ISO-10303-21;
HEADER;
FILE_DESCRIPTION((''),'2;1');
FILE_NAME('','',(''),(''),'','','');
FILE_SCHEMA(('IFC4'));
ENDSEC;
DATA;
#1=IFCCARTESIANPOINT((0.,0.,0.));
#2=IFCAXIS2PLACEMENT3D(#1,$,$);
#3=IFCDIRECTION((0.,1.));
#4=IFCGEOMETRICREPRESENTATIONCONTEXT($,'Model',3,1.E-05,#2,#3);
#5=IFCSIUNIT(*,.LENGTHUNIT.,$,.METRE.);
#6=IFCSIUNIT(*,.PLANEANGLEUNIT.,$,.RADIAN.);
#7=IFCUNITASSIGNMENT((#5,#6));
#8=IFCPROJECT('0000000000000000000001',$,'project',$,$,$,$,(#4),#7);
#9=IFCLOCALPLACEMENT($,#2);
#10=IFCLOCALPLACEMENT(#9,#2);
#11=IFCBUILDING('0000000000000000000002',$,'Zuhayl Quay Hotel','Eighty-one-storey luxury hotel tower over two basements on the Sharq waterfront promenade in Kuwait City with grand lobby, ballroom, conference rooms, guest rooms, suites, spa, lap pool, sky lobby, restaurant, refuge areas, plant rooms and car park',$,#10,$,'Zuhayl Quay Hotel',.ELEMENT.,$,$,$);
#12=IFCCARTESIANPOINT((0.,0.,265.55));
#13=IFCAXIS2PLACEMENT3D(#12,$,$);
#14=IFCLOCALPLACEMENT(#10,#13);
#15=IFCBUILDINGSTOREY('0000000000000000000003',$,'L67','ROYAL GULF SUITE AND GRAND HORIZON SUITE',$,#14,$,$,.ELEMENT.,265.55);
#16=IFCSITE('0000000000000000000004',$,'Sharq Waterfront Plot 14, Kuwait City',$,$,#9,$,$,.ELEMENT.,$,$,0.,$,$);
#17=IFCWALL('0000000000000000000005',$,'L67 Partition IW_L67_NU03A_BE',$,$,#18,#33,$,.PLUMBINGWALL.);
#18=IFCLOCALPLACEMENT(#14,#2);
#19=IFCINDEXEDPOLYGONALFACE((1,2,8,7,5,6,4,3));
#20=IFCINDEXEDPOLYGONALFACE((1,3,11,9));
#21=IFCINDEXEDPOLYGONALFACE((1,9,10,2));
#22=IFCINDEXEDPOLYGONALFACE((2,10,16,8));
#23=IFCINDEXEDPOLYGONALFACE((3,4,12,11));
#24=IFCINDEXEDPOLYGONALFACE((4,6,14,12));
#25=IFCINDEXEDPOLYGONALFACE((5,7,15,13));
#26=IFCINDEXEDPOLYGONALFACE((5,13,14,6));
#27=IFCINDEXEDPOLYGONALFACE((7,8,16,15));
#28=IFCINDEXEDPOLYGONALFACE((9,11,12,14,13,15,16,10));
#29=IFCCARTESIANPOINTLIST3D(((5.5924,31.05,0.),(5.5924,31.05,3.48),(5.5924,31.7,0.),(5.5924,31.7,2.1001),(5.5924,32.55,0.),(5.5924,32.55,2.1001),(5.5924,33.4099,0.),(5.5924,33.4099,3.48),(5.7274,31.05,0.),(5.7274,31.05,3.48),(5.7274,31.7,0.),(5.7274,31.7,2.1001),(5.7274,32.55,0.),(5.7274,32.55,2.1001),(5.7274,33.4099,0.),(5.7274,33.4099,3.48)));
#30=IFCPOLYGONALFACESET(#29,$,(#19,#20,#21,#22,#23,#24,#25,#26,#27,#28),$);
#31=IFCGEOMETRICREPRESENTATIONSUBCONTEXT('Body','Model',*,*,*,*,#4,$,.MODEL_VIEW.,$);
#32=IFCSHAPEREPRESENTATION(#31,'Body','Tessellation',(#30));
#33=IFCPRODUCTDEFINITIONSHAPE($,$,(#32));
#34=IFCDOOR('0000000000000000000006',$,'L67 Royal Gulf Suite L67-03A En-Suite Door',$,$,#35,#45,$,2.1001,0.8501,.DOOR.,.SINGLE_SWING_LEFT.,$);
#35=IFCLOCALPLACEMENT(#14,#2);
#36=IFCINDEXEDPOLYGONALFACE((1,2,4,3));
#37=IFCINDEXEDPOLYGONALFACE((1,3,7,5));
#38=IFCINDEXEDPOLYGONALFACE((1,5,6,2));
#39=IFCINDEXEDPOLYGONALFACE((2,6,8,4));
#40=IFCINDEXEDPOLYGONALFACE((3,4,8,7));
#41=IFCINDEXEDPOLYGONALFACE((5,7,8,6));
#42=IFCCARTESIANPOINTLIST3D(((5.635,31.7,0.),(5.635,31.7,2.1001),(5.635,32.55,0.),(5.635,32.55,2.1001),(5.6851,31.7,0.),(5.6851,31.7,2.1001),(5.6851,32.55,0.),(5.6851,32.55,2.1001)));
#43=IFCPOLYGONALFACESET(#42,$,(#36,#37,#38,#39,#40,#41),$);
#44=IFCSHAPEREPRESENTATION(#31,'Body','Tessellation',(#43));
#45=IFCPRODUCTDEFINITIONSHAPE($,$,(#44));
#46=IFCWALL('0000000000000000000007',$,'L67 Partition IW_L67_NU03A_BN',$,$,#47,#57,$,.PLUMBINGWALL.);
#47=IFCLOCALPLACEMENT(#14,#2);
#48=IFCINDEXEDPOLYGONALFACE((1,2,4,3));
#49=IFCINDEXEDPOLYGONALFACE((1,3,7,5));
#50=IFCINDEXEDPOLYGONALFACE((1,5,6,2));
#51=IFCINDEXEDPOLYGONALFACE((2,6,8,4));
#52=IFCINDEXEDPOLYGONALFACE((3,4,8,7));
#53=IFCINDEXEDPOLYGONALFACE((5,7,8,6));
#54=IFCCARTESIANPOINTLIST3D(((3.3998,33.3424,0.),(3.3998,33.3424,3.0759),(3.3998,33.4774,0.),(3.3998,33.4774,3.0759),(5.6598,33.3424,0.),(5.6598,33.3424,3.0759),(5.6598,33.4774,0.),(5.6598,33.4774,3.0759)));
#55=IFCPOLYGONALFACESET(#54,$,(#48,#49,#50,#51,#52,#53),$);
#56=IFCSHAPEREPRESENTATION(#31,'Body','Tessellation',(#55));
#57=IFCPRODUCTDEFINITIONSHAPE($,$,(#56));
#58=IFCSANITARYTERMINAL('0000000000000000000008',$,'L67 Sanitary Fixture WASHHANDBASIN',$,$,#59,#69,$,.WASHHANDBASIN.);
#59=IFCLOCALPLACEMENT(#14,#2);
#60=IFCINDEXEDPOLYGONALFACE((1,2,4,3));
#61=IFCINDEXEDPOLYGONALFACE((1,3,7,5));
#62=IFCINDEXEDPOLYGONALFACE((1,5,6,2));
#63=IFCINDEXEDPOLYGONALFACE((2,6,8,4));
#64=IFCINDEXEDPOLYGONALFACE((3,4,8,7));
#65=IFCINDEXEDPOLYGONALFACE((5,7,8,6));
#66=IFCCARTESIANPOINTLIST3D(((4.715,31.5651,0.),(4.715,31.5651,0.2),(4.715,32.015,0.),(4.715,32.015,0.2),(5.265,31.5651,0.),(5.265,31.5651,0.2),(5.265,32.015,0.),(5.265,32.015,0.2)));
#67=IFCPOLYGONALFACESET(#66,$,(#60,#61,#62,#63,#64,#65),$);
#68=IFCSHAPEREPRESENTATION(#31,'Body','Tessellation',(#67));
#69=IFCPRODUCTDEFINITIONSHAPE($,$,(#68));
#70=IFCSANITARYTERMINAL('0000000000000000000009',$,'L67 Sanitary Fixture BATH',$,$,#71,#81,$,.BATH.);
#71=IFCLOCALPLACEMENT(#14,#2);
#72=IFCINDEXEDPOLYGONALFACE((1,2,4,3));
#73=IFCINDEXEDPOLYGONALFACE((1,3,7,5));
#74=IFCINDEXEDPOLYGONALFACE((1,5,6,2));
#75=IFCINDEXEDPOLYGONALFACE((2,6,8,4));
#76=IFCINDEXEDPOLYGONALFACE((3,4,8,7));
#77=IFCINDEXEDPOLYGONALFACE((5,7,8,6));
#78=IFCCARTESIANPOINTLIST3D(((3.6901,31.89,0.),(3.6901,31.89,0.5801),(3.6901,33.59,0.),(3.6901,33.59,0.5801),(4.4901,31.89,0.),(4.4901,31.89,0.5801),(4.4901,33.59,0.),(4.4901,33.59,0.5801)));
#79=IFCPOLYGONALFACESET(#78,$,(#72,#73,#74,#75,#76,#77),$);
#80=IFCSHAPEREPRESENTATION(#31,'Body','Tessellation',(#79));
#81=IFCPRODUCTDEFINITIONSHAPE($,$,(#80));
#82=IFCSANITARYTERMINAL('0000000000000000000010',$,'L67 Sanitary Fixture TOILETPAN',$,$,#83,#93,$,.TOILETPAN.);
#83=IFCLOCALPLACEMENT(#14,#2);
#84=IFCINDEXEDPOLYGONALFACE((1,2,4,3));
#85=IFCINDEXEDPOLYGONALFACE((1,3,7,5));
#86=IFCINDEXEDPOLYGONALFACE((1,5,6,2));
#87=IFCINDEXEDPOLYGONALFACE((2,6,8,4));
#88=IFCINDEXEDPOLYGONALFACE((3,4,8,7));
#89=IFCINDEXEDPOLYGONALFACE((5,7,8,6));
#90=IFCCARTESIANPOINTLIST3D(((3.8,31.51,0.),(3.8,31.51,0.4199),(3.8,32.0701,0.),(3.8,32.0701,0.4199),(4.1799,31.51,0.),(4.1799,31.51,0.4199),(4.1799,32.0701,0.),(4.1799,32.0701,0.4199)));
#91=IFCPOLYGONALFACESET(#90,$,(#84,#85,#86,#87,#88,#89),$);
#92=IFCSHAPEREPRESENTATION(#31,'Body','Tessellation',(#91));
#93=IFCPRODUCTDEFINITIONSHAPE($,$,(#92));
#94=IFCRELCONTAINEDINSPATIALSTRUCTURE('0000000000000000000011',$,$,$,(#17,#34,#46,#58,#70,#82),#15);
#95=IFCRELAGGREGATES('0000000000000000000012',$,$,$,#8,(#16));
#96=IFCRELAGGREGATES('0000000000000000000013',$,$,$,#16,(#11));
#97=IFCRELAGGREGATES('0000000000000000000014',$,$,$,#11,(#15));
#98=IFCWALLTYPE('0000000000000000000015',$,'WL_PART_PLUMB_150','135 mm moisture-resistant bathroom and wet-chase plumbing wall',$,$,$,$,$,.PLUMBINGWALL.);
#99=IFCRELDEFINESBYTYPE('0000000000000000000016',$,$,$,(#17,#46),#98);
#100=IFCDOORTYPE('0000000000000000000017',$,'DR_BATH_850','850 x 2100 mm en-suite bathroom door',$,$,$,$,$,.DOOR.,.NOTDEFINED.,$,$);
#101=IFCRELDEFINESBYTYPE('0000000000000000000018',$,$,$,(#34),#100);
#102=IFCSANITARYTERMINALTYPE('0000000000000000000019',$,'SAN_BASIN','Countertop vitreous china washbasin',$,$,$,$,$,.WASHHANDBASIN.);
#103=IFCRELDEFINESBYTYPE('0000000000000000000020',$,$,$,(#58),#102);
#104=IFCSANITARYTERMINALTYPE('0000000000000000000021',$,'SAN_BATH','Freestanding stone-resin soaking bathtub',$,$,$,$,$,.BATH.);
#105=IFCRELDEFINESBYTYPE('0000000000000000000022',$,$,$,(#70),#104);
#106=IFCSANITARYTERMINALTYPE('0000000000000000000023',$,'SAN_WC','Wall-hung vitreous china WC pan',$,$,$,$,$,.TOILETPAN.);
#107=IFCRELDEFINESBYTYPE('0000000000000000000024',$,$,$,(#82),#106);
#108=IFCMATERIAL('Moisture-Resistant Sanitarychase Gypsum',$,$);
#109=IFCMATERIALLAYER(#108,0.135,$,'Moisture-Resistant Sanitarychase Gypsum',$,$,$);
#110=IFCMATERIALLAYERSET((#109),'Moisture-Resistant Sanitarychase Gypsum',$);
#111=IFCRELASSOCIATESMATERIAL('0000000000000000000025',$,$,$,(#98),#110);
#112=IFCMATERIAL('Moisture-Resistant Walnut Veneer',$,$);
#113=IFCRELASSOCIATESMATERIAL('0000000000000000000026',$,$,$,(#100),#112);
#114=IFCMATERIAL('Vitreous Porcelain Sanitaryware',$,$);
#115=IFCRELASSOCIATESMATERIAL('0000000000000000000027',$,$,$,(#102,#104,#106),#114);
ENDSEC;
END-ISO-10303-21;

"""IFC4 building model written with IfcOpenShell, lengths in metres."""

from ifc_helpers import new_model, si_unit, direction, frame, frame_2d, origin, origin_2d, place, context, subcontext, project, spatial, rectangle, extrude, material, layer, layer_set, type_object, element, fill, save


model = new_model("IFC4")

# Units and contexts
model_context = context("Model", 3, precision=1e-05, world=origin(), true_north=direction((0.0, 1.0)))
body_context = subcontext(model_context, "Body", "Model", "MODEL_VIEW")
ifc_project = project(units=[si_unit("LENGTHUNIT", "METRE"), si_unit("PLANEANGLEUNIT", "RADIAN")], contexts=[model_context])

# Site, building, storey
site_placement = place(None, origin())
site = spatial("IfcSite", under=ifc_project, at=site_placement, Name="Sharq Waterfront Plot 14, Kuwait City", CompositionType="ELEMENT", RefElevation=0.0)
building_placement = place(site_placement, origin())
building = spatial("IfcBuilding", under=site, at=building_placement, Name="Zuhayl Quay Hotel", Description="Eighty-one-storey luxury hotel tower over two basements on the Sharq waterfront promenade in Kuwait City with grand lobby, ballroom, conference rooms, guest rooms, suites, spa, lap pool, sky lobby, restaurant, refuge areas, plant rooms and car park", LongName="Zuhayl Quay Hotel", CompositionType="ELEMENT")
storey_placement = place(building_placement, frame((0.0, 0.0, 265.55)))
storey = spatial("IfcBuildingStorey", under=building, at=storey_placement, Name="L67", Description="ROYAL GULF SUITE AND GRAND HORIZON SUITE", CompositionType="ELEMENT", Elevation=265.55)

# Wall, opening, door
ifc_material_1 = material(Name="Moisture-Resistant Sanitarychase Gypsum")
ifc_layer_1 = layer(ifc_material_1, 0.135, Name="Moisture-Resistant Sanitarychase Gypsum")
ifc_layer_set_1 = layer_set([ifc_layer_1], Name="Moisture-Resistant Sanitarychase Gypsum")
wall_type_1 = type_object("IfcWallType", Name="WL_PART_PLUMB_150", Description="135 mm moisture-resistant bathroom and wet-chase plumbing wall", PredefinedType="PLUMBINGWALL", material=ifc_layer_set_1)
wall_1_placement = place(storey_placement, frame((5.6599, 31.05, 0.0), z_axis=(0.0, 0.0, 1.0), x_axis=(0.0, 1.0, 0.0)))
wall_1 = element("IfcWall", 1, at=wall_1_placement, inside=storey, type_object=wall_type_1, Name="L67 Partition IW_L67_NU03A_BE", PredefinedType="PLUMBINGWALL", context=body_context, shape_type="SweptSolid", body=[
    extrude(rectangle(XDim=2.3599, YDim=0.135, at=frame_2d((1.1799, 0.0))), origin(), (0.0, 0.0, 1.0), 3.48),
])
opening_1_placement = place(wall_1_placement, frame((0.6499, 0.0, 0.0)))
opening_1 = element("IfcOpeningElement", 2, at=opening_1_placement, cuts=wall_1, PredefinedType="OPENING", context=body_context, shape_type="SweptSolid", body=[
    extrude(rectangle(XDim=0.8501, YDim=2.1001, at=frame_2d((0.425, 1.05))), frame((0.0, 0.0774, 0.0), z_axis=(0.0, -1.0, 0.0), x_axis=(1.0, 0.0, 0.0)), (0.0, 0.0, 1.0), 0.155),
])
ifc_material_2 = material(Name="Moisture-Resistant Walnut Veneer")
door_type_1 = type_object("IfcDoorType", Name="DR_BATH_850", Description="850 x 2100 mm en-suite bathroom door", OperationType="NOTDEFINED", PredefinedType="DOOR", material=ifc_material_2)
door_1_placement = place(opening_1_placement, origin())
door_1 = element("IfcDoor", 3, at=door_1_placement, inside=storey, type_object=door_type_1, Name="L67 Royal Gulf Suite L67-03A En-Suite Door", OperationType="SINGLE_SWING_LEFT", OverallHeight=2.1001, OverallWidth=0.8501, PredefinedType="DOOR", context=body_context, shape_type="SweptSolid", body=[
    extrude(rectangle(XDim=0.8501, YDim=2.1001, at=frame_2d((0.425, 1.05))), frame((0.0, 0.0249, 0.0), z_axis=(0.0, -1.0, 0.0), x_axis=(1.0, 0.0, 0.0)), (0.0, 0.0, 1.0), 0.05),
])
fill(opening_1, door_1)

# Wall
wall_2_placement = place(storey_placement, frame((3.3999, 33.4099, 0.0), z_axis=(0.0, 0.0, 1.0), x_axis=(1.0, 0.0, 0.0)))
element("IfcWall", 4, at=wall_2_placement, inside=storey, type_object=wall_type_1, Name="L67 Partition IW_L67_NU03A_BN", PredefinedType="PLUMBINGWALL", context=body_context, shape_type="SweptSolid", body=[
    extrude(rectangle(XDim=2.26, YDim=0.135, at=frame_2d((1.1299, 0.0))), origin(), (0.0, 0.0, 1.0), 3.0759),
])

# Sanitary terminals
ifc_material_3 = material(Name="Vitreous Porcelain Sanitaryware")
sanitary_terminal_type_1 = type_object("IfcSanitaryTerminalType", Name="SAN_BASIN", Description="Countertop vitreous china washbasin", PredefinedType="WASHHANDBASIN", material=ifc_material_3)
sanitary_terminal_1_placement = place(storey_placement, frame((4.99, 31.79, 0.0), z_axis=(0.0, 0.0, 1.0), x_axis=(1.0, 0.0, 0.0)))
element("IfcSanitaryTerminal", 5, at=sanitary_terminal_1_placement, inside=storey, type_object=sanitary_terminal_type_1, Name="L67 Sanitary Fixture WASHHANDBASIN", PredefinedType="WASHHANDBASIN", context=body_context, shape_type="SweptSolid", body=[
    extrude(rectangle(XDim=0.55, YDim=0.45, at=origin_2d()), origin(), (0.0, 0.0, 1.0), 0.2),
])
sanitary_terminal_type_2 = type_object("IfcSanitaryTerminalType", Name="SAN_BATH", Description="Freestanding stone-resin soaking bathtub", PredefinedType="BATH", material=ifc_material_3)
sanitary_terminal_2_placement = place(storey_placement, frame((4.0901, 32.74, 0.0), z_axis=(0.0, 0.0, 1.0), x_axis=(1.0, 0.0, 0.0)))
element("IfcSanitaryTerminal", 6, at=sanitary_terminal_2_placement, inside=storey, type_object=sanitary_terminal_type_2, Name="L67 Sanitary Fixture BATH", PredefinedType="BATH", context=body_context, shape_type="SweptSolid", body=[
    extrude(rectangle(XDim=0.8, YDim=1.7, at=origin_2d()), origin(), (0.0, 0.0, 1.0), 0.5801),
])
sanitary_terminal_type_3 = type_object("IfcSanitaryTerminalType", Name="SAN_WC", Description="Wall-hung vitreous china WC pan", PredefinedType="TOILETPAN", material=ifc_material_3)
sanitary_terminal_3_placement = place(storey_placement, frame((3.99, 31.79, 0.0), z_axis=(0.0, 0.0, 1.0), x_axis=(1.0, 0.0, 0.0)))
element("IfcSanitaryTerminal", 7, at=sanitary_terminal_3_placement, inside=storey, type_object=sanitary_terminal_type_3, Name="L67 Sanitary Fixture TOILETPAN", PredefinedType="TOILETPAN", context=body_context, shape_type="SweptSolid", body=[
    extrude(rectangle(XDim=0.3799, YDim=0.5601, at=origin_2d()), origin(), (0.0, 0.0, 1.0), 0.4199),
])

save(model, "model.ifc")
